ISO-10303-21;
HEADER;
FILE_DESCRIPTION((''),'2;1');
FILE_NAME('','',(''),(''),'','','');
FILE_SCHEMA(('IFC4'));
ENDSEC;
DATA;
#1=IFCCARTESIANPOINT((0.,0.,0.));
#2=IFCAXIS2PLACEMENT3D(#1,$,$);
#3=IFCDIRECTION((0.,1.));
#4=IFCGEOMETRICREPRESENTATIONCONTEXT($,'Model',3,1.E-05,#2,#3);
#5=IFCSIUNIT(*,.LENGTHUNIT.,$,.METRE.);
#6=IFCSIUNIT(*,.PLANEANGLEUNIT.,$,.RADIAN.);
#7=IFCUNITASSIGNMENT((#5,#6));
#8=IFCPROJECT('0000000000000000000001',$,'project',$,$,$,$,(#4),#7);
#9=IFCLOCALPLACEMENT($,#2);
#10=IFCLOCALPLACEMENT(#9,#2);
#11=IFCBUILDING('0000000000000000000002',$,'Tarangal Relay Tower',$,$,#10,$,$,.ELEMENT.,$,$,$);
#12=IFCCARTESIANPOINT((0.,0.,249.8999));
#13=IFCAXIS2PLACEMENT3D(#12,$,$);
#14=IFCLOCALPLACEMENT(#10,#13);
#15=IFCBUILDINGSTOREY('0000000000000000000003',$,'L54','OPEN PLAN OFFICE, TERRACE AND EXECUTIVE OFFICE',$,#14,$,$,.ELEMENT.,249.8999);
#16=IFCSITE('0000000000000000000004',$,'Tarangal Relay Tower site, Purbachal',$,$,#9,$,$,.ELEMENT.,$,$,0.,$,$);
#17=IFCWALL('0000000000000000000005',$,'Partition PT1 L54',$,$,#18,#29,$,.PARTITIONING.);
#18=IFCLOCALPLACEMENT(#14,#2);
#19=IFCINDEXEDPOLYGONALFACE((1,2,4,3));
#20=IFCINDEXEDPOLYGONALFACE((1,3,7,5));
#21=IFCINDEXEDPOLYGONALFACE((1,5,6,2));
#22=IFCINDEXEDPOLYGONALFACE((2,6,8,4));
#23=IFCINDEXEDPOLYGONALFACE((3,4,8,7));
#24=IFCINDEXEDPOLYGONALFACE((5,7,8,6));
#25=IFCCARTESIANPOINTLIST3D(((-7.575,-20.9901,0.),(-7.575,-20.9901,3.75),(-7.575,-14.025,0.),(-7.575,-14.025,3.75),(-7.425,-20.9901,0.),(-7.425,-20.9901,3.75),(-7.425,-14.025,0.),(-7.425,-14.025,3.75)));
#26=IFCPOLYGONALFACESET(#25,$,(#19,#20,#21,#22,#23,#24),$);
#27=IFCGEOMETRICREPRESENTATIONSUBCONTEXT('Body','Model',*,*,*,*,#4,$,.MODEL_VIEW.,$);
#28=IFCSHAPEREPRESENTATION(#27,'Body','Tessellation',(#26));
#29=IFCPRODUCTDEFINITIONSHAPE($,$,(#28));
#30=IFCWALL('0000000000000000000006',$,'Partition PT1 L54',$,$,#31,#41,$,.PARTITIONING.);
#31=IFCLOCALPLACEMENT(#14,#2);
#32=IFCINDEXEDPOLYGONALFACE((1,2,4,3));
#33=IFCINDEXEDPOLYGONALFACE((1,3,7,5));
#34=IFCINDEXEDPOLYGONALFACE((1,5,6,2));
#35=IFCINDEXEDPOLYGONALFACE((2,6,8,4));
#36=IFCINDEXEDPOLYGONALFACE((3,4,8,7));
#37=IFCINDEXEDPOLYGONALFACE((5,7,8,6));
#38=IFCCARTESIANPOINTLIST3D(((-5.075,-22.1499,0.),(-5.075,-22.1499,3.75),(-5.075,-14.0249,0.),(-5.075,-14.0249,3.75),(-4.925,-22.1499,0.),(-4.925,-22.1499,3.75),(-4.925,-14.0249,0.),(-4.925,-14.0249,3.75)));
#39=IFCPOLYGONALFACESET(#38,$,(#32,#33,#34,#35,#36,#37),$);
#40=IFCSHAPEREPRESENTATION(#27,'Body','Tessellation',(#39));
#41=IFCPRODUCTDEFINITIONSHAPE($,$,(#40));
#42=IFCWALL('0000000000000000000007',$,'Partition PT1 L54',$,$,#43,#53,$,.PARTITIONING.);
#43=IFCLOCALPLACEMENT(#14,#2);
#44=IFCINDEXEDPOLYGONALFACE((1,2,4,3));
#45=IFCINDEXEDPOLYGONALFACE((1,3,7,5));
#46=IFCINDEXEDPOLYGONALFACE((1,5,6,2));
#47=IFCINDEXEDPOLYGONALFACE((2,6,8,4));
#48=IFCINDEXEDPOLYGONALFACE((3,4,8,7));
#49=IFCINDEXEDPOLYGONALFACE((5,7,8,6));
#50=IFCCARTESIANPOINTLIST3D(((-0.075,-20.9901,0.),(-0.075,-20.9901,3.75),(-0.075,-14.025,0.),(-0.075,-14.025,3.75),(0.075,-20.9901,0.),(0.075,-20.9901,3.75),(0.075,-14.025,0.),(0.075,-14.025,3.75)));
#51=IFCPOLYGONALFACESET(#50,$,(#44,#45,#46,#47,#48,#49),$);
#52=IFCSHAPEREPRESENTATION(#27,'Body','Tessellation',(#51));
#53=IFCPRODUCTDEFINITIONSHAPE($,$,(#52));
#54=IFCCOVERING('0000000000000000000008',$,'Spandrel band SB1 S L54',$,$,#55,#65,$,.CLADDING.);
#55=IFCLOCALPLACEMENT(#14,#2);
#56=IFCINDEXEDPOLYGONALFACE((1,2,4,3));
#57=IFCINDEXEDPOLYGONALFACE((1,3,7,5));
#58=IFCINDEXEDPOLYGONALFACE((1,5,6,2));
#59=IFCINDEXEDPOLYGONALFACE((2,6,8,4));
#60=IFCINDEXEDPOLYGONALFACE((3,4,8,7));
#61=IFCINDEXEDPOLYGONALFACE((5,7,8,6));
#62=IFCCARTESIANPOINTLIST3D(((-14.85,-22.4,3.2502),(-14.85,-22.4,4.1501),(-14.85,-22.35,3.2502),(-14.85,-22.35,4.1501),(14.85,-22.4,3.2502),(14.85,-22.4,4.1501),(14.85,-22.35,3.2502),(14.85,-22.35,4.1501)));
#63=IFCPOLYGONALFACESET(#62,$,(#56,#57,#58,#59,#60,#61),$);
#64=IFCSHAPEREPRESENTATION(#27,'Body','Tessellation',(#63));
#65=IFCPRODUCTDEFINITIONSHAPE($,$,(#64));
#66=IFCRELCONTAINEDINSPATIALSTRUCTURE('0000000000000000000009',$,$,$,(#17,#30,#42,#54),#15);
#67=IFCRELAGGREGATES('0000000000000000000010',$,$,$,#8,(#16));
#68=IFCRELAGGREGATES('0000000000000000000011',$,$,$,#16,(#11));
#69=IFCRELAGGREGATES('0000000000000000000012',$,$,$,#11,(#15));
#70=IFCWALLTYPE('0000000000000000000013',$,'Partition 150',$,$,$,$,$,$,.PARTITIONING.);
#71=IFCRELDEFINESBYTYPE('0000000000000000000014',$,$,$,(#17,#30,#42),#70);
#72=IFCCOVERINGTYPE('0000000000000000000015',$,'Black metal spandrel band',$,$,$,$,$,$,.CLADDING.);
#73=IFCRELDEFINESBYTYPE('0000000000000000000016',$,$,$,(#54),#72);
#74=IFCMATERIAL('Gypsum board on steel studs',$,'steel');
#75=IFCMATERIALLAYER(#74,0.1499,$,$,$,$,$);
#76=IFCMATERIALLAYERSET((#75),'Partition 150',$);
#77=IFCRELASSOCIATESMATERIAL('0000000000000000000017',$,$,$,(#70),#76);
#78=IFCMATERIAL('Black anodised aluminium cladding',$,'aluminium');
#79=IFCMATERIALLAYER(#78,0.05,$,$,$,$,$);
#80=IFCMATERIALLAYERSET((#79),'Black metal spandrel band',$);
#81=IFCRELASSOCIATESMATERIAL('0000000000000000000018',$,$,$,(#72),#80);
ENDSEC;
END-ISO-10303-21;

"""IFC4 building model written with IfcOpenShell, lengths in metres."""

from ifc_helpers import new_model, si_unit, direction, frame, frame_2d, origin, origin_2d, place, context, subcontext, project, spatial, rectangle, extrude, material, layer, layer_set, type_object, element, save


model = new_model("IFC4")

# Units and contexts
model_context = context("Model", 3, precision=1e-05, world=origin(), true_north=direction((0.0, 1.0)))
body_context = subcontext(model_context, "Body", "Model", "MODEL_VIEW")
ifc_project = project(units=[si_unit("LENGTHUNIT", "METRE"), si_unit("PLANEANGLEUNIT", "RADIAN")], contexts=[model_context])

# Site, building, storey
site_placement = place(None, origin())
site = spatial("IfcSite", under=ifc_project, at=site_placement, Name="Tarangal Relay Tower site, Purbachal", CompositionType="ELEMENT", RefElevation=0.0)
building_placement = place(site_placement, origin())
building = spatial("IfcBuilding", under=site, at=building_placement, Name="Tarangal Relay Tower", CompositionType="ELEMENT")
storey_placement = place(building_placement, frame((0.0, 0.0, 249.8999)))
storey = spatial("IfcBuildingStorey", under=building, at=storey_placement, Name="L54", Description="OPEN PLAN OFFICE, TERRACE AND EXECUTIVE OFFICE", CompositionType="ELEMENT", Elevation=249.8999)

# Walls
ifc_material_1 = material(Name="Gypsum board on steel studs", Category="steel")
ifc_layer_1 = layer(ifc_material_1, 0.1499)
ifc_layer_set_1 = layer_set([ifc_layer_1], Name="Partition 150")
wall_type_1 = type_object("IfcWallType", Name="Partition 150", PredefinedType="PARTITIONING", material=ifc_layer_set_1)
wall_1_placement = place(storey_placement, frame((-7.5, -20.99, 0.0), z_axis=(0.0, 0.0, 1.0), x_axis=(0.0, 1.0, 0.0)))
element("IfcWall", 1, at=wall_1_placement, inside=storey, type_object=wall_type_1, Name="Partition PT1 L54", PredefinedType="PARTITIONING", context=body_context, shape_type="SweptSolid", body=[
    extrude(rectangle(XDim=6.9651, YDim=0.1499, at=frame_2d((3.4824, 0.0))), origin(), (0.0, 0.0, 1.0), 3.75),
])
wall_2_placement = place(storey_placement, frame((-5.0, -22.1499, 0.0), z_axis=(0.0, 0.0, 1.0), x_axis=(0.0, 1.0, 0.0)))
element("IfcWall", 2, at=wall_2_placement, inside=storey, type_object=wall_type_1, Name="Partition PT1 L54", PredefinedType="PARTITIONING", context=body_context, shape_type="SweptSolid", body=[
    extrude(rectangle(XDim=8.125, YDim=0.1499, at=frame_2d((4.0625, 0.0))), origin(), (0.0, 0.0, 1.0), 3.75),
])
wall_3_placement = place(storey_placement, frame((0.0, -20.99, 0.0), z_axis=(0.0, 0.0, 1.0), x_axis=(0.0, 1.0, 0.0)))
element("IfcWall", 3, at=wall_3_placement, inside=storey, type_object=wall_type_1, Name="Partition PT1 L54", PredefinedType="PARTITIONING", context=body_context, shape_type="SweptSolid", body=[
    extrude(rectangle(XDim=6.9651, YDim=0.1499, at=frame_2d((3.4824, 0.0))), origin(), (0.0, 0.0, 1.0), 3.75),
])

# Covering
ifc_material_2 = material(Name="Black anodised aluminium cladding", Category="aluminium")
ifc_layer_2 = layer(ifc_material_2, 0.05)
ifc_layer_set_2 = layer_set([ifc_layer_2], Name="Black metal spandrel band")
covering_type = type_object("IfcCoveringType", Name="Black metal spandrel band", PredefinedType="CLADDING", material=ifc_layer_set_2)
covering_placement = place(storey_placement, frame((0.0, -22.375, 3.2502), z_axis=(0.0, 0.0, 1.0), x_axis=(-1.0, 0.0, 0.0)))
element("IfcCovering", 4, at=covering_placement, inside=storey, type_object=covering_type, Name="Spandrel band SB1 S L54", PredefinedType="CLADDING", context=body_context, shape_type="SweptSolid", body=[
    extrude(rectangle(XDim=29.7, YDim=0.05, at=origin_2d()), origin(), (0.0, 0.0, 1.0), 0.8999),
])

save(model, "model.ifc")
